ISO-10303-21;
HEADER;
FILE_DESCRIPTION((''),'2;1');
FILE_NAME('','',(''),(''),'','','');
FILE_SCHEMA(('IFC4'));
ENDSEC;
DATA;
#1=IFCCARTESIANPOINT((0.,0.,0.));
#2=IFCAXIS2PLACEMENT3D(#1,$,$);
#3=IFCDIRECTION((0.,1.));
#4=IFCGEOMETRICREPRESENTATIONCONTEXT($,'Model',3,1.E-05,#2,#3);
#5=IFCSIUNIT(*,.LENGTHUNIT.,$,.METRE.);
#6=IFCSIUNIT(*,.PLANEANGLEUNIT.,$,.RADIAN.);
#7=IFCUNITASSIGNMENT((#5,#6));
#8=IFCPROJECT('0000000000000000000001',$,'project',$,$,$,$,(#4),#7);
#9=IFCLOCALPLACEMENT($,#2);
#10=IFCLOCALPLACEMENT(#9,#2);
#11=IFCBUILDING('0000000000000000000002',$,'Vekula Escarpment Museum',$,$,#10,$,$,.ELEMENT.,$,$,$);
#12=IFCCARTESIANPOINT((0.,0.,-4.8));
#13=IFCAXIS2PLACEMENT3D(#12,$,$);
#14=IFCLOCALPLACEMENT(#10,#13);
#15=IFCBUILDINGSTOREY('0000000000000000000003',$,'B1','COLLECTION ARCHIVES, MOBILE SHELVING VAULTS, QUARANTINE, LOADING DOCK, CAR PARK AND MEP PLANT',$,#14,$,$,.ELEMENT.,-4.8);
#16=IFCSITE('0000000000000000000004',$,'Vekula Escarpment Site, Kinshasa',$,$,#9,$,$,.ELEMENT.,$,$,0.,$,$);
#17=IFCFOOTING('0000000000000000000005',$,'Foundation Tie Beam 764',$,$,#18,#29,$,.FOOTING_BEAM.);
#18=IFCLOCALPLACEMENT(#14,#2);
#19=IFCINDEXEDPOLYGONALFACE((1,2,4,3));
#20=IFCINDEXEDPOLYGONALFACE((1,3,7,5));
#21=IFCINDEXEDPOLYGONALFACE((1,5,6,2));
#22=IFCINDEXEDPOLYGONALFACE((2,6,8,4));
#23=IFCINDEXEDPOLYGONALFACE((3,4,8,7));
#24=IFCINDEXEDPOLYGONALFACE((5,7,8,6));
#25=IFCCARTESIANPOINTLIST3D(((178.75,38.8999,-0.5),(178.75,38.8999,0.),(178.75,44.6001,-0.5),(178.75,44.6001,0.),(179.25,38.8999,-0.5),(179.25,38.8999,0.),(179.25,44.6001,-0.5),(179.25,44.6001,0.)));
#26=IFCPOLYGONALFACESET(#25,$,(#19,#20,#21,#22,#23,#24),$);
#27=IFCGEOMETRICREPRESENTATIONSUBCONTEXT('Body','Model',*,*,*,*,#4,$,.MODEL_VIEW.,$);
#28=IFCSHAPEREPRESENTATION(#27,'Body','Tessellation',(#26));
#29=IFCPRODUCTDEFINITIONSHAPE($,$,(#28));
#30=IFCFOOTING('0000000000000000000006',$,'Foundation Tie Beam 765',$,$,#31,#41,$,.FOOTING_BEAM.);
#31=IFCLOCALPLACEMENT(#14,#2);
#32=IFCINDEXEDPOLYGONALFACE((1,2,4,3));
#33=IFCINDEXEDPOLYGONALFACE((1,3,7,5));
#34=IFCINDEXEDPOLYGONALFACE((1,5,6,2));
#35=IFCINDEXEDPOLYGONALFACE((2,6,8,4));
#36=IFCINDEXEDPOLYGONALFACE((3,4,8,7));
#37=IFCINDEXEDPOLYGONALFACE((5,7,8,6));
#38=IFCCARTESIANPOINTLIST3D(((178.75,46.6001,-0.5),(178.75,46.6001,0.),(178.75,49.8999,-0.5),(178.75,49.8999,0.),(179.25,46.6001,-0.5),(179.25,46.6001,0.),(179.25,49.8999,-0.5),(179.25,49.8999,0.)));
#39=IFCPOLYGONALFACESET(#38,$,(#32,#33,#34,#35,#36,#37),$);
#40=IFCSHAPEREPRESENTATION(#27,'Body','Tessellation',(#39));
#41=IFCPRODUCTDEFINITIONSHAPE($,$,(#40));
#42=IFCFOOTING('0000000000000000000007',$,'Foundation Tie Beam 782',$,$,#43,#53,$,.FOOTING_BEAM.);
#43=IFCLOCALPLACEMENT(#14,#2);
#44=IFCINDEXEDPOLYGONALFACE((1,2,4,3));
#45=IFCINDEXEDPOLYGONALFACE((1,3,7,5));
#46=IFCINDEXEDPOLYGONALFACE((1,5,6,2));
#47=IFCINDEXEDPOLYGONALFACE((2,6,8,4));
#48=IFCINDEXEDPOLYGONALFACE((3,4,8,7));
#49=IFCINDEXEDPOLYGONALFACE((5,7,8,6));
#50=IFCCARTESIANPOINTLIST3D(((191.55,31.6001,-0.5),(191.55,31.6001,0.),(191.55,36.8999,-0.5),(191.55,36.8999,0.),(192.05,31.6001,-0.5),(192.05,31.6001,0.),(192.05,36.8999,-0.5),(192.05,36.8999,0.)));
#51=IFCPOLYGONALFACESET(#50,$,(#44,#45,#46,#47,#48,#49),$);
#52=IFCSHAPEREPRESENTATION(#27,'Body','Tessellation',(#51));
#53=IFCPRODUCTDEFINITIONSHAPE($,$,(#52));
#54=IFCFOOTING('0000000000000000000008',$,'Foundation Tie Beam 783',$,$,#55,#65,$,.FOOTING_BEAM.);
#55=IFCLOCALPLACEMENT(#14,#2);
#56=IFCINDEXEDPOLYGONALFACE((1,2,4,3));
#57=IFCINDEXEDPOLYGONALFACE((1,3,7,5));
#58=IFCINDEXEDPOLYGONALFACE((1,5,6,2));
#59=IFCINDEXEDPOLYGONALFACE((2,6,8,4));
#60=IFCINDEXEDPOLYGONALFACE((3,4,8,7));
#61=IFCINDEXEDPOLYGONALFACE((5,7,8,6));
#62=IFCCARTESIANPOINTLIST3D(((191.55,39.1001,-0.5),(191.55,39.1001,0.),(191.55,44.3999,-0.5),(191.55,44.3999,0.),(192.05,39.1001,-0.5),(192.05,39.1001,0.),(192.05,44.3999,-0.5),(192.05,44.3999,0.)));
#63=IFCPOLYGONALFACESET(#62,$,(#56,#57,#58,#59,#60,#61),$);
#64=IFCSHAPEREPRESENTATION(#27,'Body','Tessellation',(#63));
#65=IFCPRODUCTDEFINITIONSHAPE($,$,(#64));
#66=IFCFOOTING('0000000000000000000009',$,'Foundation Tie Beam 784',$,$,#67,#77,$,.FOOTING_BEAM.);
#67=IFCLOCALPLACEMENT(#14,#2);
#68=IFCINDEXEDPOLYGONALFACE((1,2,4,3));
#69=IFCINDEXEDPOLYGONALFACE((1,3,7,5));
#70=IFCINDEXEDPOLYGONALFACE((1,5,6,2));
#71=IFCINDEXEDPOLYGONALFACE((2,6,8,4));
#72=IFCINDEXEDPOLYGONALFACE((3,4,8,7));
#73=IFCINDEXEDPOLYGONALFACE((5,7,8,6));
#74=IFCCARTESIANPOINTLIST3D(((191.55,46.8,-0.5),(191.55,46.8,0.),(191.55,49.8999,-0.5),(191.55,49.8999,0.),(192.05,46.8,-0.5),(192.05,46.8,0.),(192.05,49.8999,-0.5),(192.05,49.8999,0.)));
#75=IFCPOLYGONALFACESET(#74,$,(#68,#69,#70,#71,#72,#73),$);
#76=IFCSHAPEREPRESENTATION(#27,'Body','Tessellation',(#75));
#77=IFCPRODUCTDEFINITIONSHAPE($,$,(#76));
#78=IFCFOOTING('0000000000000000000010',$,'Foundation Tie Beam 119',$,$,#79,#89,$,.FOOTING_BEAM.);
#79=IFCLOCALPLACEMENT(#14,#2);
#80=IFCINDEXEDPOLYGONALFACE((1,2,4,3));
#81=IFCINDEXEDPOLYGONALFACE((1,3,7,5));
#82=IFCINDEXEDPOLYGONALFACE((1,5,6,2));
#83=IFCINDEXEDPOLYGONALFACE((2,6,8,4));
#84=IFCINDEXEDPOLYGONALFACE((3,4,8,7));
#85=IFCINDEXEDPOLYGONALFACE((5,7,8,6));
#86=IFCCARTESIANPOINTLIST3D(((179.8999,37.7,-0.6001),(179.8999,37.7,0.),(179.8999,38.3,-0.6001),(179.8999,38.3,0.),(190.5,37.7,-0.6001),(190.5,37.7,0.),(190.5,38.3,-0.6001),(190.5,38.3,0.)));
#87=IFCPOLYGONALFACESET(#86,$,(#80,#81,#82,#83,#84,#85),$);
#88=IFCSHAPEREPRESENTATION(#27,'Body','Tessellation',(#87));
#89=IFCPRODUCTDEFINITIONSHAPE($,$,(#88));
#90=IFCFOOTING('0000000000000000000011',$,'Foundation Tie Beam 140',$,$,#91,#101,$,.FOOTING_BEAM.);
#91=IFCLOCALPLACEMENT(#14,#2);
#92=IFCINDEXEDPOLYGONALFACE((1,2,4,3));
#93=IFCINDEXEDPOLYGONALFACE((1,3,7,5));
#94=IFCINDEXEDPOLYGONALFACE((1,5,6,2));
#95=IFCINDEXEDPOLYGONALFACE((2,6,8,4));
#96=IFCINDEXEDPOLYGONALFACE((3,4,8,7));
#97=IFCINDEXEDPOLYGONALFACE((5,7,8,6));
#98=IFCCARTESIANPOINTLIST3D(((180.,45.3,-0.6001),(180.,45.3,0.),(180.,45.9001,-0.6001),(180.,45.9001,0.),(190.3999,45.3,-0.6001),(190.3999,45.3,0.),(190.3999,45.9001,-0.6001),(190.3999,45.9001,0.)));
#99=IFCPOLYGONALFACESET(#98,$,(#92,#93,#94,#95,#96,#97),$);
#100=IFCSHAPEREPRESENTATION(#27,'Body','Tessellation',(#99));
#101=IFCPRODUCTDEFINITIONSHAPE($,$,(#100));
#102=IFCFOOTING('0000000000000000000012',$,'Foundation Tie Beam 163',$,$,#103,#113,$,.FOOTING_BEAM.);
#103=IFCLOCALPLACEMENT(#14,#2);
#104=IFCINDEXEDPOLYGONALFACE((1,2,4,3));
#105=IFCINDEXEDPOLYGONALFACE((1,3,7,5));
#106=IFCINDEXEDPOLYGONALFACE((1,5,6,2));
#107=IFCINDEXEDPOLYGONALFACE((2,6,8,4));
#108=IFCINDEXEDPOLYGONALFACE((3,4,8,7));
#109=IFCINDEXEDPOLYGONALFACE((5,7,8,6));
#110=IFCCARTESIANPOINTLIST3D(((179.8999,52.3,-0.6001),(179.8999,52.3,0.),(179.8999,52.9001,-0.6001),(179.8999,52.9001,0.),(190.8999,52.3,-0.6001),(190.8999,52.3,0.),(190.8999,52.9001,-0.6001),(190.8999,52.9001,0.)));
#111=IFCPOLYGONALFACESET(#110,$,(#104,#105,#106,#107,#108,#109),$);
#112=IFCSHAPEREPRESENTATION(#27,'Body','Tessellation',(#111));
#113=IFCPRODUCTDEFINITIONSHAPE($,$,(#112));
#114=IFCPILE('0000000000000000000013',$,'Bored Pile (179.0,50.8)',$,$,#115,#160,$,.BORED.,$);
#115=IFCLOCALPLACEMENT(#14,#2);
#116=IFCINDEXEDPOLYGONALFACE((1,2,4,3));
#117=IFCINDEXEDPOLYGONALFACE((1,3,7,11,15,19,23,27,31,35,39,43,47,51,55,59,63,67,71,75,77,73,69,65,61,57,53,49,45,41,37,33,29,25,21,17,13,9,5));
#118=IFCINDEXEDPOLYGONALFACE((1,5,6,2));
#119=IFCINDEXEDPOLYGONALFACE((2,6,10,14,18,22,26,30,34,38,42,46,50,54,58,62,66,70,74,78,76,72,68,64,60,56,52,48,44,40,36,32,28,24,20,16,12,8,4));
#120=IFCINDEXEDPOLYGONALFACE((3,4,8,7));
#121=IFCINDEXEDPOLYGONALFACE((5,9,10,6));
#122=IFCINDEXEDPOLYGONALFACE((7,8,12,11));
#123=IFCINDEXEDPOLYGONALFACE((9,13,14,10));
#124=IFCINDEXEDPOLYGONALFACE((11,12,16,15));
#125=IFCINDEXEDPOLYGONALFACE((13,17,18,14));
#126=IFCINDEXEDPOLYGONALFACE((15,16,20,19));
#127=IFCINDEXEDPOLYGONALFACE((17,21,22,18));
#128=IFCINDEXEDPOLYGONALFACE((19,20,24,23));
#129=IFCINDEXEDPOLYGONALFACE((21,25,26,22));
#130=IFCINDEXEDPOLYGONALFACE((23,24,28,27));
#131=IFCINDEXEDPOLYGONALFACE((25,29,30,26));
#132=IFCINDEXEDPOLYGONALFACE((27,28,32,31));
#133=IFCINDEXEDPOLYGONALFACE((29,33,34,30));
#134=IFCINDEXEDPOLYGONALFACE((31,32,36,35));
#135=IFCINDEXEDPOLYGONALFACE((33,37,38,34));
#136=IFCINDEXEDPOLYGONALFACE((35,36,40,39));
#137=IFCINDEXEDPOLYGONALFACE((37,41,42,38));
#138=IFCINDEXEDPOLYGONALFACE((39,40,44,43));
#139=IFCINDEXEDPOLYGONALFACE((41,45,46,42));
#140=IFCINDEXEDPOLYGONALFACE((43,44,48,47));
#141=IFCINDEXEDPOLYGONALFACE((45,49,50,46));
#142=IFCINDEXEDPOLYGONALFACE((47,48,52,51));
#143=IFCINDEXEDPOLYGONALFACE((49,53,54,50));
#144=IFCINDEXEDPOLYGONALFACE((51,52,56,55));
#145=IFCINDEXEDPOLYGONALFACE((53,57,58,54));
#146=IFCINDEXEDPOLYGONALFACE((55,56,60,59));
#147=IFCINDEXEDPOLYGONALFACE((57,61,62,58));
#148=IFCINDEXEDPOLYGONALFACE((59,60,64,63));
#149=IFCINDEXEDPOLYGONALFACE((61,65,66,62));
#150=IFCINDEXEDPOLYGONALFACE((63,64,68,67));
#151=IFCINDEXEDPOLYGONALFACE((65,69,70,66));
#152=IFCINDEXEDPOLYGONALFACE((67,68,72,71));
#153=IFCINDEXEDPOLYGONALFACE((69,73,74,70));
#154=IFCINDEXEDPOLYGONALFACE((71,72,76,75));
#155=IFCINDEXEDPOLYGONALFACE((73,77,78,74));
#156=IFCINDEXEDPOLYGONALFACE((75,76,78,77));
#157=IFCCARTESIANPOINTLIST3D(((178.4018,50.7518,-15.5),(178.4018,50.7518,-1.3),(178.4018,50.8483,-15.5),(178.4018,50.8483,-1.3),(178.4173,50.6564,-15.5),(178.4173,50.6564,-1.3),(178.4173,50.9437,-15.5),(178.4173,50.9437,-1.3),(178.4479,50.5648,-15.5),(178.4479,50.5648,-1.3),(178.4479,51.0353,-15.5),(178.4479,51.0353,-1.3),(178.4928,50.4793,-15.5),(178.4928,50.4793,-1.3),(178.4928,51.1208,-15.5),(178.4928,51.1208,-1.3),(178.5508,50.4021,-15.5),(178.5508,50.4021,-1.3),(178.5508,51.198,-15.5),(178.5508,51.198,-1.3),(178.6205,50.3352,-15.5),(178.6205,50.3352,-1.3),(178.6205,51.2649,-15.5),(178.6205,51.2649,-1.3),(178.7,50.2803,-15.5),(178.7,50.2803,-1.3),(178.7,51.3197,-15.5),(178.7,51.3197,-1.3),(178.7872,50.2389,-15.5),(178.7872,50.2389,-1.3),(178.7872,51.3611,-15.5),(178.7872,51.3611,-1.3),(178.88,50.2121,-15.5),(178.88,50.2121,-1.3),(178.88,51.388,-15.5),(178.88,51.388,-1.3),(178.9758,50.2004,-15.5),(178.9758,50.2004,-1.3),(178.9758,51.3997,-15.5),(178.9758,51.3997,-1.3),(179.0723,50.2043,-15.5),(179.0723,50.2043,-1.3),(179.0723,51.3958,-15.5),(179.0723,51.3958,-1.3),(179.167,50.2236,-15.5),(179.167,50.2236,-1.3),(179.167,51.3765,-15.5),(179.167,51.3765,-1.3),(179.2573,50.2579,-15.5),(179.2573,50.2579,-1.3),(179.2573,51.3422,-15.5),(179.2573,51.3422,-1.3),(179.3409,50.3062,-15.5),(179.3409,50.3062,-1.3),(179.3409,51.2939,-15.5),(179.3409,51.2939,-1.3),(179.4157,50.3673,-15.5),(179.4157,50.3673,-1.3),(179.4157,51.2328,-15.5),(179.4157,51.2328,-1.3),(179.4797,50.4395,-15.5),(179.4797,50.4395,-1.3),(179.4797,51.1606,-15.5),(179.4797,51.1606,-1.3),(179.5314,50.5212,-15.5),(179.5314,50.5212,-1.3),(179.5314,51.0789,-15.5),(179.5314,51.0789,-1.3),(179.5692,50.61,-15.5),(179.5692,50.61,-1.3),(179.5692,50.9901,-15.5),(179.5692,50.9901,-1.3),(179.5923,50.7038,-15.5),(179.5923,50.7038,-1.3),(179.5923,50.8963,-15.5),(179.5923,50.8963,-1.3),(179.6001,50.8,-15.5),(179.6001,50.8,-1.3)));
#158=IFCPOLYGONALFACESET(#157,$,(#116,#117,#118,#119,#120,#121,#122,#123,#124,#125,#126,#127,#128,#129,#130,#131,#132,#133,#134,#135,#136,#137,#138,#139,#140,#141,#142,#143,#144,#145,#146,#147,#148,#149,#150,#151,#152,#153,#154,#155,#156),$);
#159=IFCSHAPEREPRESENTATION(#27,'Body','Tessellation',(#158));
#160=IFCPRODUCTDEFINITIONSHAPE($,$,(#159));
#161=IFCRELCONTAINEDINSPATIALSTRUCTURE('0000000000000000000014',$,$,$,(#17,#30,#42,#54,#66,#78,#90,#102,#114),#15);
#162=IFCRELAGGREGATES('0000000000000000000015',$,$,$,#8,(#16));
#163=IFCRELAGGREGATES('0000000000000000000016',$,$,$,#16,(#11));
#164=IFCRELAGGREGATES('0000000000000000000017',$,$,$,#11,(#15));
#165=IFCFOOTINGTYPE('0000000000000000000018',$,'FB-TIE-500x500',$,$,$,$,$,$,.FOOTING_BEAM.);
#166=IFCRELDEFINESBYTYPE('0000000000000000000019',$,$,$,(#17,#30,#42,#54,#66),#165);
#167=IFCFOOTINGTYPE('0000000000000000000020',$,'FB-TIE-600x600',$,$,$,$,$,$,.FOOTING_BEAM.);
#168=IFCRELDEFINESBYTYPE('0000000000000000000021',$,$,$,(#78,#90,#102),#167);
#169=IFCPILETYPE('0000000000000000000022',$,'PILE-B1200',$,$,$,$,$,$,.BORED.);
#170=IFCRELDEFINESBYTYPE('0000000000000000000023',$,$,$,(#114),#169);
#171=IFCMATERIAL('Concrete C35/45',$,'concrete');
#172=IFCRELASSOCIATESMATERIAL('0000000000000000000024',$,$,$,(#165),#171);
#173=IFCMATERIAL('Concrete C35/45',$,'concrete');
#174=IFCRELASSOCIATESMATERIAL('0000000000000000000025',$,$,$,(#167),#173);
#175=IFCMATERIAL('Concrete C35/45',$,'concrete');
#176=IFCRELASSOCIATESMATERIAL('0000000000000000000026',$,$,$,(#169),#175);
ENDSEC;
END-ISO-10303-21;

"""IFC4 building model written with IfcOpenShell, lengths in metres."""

from ifc_helpers import new_model, si_unit, direction, frame, origin, origin_2d, place, context, subcontext, project, spatial, rectangle, circle, extrude, material, material_profile, profile_set, type_object, element, save


model = new_model("IFC4")

# Units and contexts
model_context = context("Model", 3, precision=1e-05, world=origin(), true_north=direction((0.0, 1.0)))
body_context = subcontext(model_context, "Body", "Model", "MODEL_VIEW")
ifc_project = project(units=[si_unit("LENGTHUNIT", "METRE"), si_unit("PLANEANGLEUNIT", "RADIAN")], contexts=[model_context])

# Site, building, storey
site_placement = place(None, origin())
site = spatial("IfcSite", under=ifc_project, at=site_placement, Name="Vekula Escarpment Site, Kinshasa", CompositionType="ELEMENT", RefElevation=0.0)
building_placement = place(site_placement, origin())
building = spatial("IfcBuilding", under=site, at=building_placement, Name="Vekula Escarpment Museum", CompositionType="ELEMENT")
storey_placement = place(building_placement, frame((0.0, 0.0, -4.8)))
storey = spatial("IfcBuildingStorey", under=building, at=storey_placement, Name="B1", Description="COLLECTION ARCHIVES, MOBILE SHELVING VAULTS, QUARANTINE, LOADING DOCK, CAR PARK AND MEP PLANT", CompositionType="ELEMENT", Elevation=-4.8)

# Footings
ifc_material_1 = material(Name="Concrete C35/45", Category="concrete")
ifc_material_profile_1 = material_profile(ifc_material_1, rectangle(XDim=0.5, YDim=0.5, at=origin_2d()), Name="RC 500x500")
ifc_profile_set_1 = profile_set([ifc_material_profile_1], Name="Concrete C35/45")
footing_type_1 = type_object("IfcFootingType", Name="FB-TIE-500x500", PredefinedType="FOOTING_BEAM", material=ifc_profile_set_1)
footing_1_placement = place(storey_placement, frame((179.0, 38.8999, -0.25), z_axis=(0.0, 1.0, 0.0), x_axis=(-1.0, 0.0, 0.0)))
element("IfcFooting", 1, at=footing_1_placement, inside=storey, type_object=footing_type_1, Name="Foundation Tie Beam 764", PredefinedType="FOOTING_BEAM", context=body_context, shape_type="SweptSolid", body=[
    extrude(rectangle(XDim=0.5, YDim=0.5, at=origin_2d()), origin(), (0.0, 0.0, 1.0), 5.7002),
])
footing_2_placement = place(storey_placement, frame((179.0, 46.6001, -0.25), z_axis=(0.0, 1.0, 0.0), x_axis=(-1.0, 0.0, 0.0)))
element("IfcFooting", 2, at=footing_2_placement, inside=storey, type_object=footing_type_1, Name="Foundation Tie Beam 765", PredefinedType="FOOTING_BEAM", context=body_context, shape_type="SweptSolid", body=[
    extrude(rectangle(XDim=0.5, YDim=0.5, at=origin_2d()), origin(), (0.0, 0.0, 1.0), 3.2998),
])
for number, where, z_axis, x_axis, name in (
    (3, (191.8, 31.6001, -0.25), (0.0, 1.0, 0.0), (-1.0, 0.0, 0.0), "Foundation Tie Beam 782"),
    (4, (191.8, 39.1001, -0.25), (0.0, 1.0, 0.0), (-1.0, 0.0, 0.0), "Foundation Tie Beam 783"),
):
    element("IfcFooting", number, at=place(storey_placement, frame(where, z_axis=z_axis, x_axis=x_axis)), inside=storey, type_object=footing_type_1, Name=name, PredefinedType="FOOTING_BEAM", context=body_context, shape_type="SweptSolid", body=[
        extrude(rectangle(XDim=0.5, YDim=0.5, at=origin_2d()), origin(), (0.0, 0.0, 1.0), 5.2998),
    ])
footing_3_placement = place(storey_placement, frame((191.8, 46.8, -0.25), z_axis=(0.0, 1.0, 0.0), x_axis=(-1.0, 0.0, 0.0)))
element("IfcFooting", 5, at=footing_3_placement, inside=storey, type_object=footing_type_1, Name="Foundation Tie Beam 784", PredefinedType="FOOTING_BEAM", context=body_context, shape_type="SweptSolid", body=[
    extrude(rectangle(XDim=0.5, YDim=0.5, at=origin_2d()), origin(), (0.0, 0.0, 1.0), 3.0999),
])
ifc_material_2 = material(Name="Concrete C35/45", Category="concrete")
ifc_material_profile_2 = material_profile(ifc_material_2, rectangle(XDim=0.6001, YDim=0.6001, at=origin_2d()), Name="RC 600x600")
ifc_profile_set_2 = profile_set([ifc_material_profile_2], Name="Concrete C35/45")
footing_type_2 = type_object("IfcFootingType", Name="FB-TIE-600x600", PredefinedType="FOOTING_BEAM", material=ifc_profile_set_2)
footing_4_placement = place(storey_placement, frame((179.8999, 38.0, -0.3), z_axis=(1.0, 0.0, 0.0), x_axis=(0.0, 1.0, 0.0)))
element("IfcFooting", 6, at=footing_4_placement, inside=storey, type_object=footing_type_2, Name="Foundation Tie Beam 119", PredefinedType="FOOTING_BEAM", context=body_context, shape_type="SweptSolid", body=[
    extrude(rectangle(XDim=0.6001, YDim=0.6001, at=origin_2d()), origin(), (0.0, 0.0, 1.0), 10.6001),
])
footing_5_placement = place(storey_placement, frame((180.0, 45.6001, -0.3), z_axis=(1.0, 0.0, 0.0), x_axis=(0.0, 1.0, 0.0)))
element("IfcFooting", 7, at=footing_5_placement, inside=storey, type_object=footing_type_2, Name="Foundation Tie Beam 140", PredefinedType="FOOTING_BEAM", context=body_context, shape_type="SweptSolid", body=[
    extrude(rectangle(XDim=0.6001, YDim=0.6001, at=origin_2d()), origin(), (0.0, 0.0, 1.0), 10.3999),
])
footing_6_placement = place(storey_placement, frame((179.8999, 52.6001, -0.3), z_axis=(1.0, 0.0, 0.0), x_axis=(0.0, 1.0, 0.0)))
element("IfcFooting", 8, at=footing_6_placement, inside=storey, type_object=footing_type_2, Name="Foundation Tie Beam 163", PredefinedType="FOOTING_BEAM", context=body_context, shape_type="SweptSolid", body=[
    extrude(rectangle(XDim=0.6001, YDim=0.6001, at=origin_2d()), origin(), (0.0, 0.0, 1.0), 11.0),
])

# Pile
ifc_material_3 = material(Name="Concrete C35/45", Category="concrete")
ifc_material_profile_3 = material_profile(ifc_material_3, circle(Radius=0.6001, at=origin_2d()), Name="BORED PILE 1200")
ifc_profile_set_3 = profile_set([ifc_material_profile_3], Name="Concrete C35/45")
pile_type = type_object("IfcPileType", Name="PILE-B1200", PredefinedType="BORED", material=ifc_profile_set_3)
for number, where, z_axis, x_axis, name in (
    (9, (179.0, 50.8, -1.3), (0.0, 0.0, -1.0), (1.0, 0.0, 0.0), "Bored Pile (179.0,50.8)"),
):
    element("IfcPile", number, at=place(storey_placement, frame(where, z_axis=z_axis, x_axis=x_axis)), inside=storey, type_object=pile_type, Name=name, PredefinedType="BORED", context=body_context, shape_type="SweptSolid", body=[
        extrude(circle(Radius=0.6001, at=origin_2d()), origin(), (0.0, 0.0, 1.0), 14.2),
    ])

save(model, "model.ifc")
